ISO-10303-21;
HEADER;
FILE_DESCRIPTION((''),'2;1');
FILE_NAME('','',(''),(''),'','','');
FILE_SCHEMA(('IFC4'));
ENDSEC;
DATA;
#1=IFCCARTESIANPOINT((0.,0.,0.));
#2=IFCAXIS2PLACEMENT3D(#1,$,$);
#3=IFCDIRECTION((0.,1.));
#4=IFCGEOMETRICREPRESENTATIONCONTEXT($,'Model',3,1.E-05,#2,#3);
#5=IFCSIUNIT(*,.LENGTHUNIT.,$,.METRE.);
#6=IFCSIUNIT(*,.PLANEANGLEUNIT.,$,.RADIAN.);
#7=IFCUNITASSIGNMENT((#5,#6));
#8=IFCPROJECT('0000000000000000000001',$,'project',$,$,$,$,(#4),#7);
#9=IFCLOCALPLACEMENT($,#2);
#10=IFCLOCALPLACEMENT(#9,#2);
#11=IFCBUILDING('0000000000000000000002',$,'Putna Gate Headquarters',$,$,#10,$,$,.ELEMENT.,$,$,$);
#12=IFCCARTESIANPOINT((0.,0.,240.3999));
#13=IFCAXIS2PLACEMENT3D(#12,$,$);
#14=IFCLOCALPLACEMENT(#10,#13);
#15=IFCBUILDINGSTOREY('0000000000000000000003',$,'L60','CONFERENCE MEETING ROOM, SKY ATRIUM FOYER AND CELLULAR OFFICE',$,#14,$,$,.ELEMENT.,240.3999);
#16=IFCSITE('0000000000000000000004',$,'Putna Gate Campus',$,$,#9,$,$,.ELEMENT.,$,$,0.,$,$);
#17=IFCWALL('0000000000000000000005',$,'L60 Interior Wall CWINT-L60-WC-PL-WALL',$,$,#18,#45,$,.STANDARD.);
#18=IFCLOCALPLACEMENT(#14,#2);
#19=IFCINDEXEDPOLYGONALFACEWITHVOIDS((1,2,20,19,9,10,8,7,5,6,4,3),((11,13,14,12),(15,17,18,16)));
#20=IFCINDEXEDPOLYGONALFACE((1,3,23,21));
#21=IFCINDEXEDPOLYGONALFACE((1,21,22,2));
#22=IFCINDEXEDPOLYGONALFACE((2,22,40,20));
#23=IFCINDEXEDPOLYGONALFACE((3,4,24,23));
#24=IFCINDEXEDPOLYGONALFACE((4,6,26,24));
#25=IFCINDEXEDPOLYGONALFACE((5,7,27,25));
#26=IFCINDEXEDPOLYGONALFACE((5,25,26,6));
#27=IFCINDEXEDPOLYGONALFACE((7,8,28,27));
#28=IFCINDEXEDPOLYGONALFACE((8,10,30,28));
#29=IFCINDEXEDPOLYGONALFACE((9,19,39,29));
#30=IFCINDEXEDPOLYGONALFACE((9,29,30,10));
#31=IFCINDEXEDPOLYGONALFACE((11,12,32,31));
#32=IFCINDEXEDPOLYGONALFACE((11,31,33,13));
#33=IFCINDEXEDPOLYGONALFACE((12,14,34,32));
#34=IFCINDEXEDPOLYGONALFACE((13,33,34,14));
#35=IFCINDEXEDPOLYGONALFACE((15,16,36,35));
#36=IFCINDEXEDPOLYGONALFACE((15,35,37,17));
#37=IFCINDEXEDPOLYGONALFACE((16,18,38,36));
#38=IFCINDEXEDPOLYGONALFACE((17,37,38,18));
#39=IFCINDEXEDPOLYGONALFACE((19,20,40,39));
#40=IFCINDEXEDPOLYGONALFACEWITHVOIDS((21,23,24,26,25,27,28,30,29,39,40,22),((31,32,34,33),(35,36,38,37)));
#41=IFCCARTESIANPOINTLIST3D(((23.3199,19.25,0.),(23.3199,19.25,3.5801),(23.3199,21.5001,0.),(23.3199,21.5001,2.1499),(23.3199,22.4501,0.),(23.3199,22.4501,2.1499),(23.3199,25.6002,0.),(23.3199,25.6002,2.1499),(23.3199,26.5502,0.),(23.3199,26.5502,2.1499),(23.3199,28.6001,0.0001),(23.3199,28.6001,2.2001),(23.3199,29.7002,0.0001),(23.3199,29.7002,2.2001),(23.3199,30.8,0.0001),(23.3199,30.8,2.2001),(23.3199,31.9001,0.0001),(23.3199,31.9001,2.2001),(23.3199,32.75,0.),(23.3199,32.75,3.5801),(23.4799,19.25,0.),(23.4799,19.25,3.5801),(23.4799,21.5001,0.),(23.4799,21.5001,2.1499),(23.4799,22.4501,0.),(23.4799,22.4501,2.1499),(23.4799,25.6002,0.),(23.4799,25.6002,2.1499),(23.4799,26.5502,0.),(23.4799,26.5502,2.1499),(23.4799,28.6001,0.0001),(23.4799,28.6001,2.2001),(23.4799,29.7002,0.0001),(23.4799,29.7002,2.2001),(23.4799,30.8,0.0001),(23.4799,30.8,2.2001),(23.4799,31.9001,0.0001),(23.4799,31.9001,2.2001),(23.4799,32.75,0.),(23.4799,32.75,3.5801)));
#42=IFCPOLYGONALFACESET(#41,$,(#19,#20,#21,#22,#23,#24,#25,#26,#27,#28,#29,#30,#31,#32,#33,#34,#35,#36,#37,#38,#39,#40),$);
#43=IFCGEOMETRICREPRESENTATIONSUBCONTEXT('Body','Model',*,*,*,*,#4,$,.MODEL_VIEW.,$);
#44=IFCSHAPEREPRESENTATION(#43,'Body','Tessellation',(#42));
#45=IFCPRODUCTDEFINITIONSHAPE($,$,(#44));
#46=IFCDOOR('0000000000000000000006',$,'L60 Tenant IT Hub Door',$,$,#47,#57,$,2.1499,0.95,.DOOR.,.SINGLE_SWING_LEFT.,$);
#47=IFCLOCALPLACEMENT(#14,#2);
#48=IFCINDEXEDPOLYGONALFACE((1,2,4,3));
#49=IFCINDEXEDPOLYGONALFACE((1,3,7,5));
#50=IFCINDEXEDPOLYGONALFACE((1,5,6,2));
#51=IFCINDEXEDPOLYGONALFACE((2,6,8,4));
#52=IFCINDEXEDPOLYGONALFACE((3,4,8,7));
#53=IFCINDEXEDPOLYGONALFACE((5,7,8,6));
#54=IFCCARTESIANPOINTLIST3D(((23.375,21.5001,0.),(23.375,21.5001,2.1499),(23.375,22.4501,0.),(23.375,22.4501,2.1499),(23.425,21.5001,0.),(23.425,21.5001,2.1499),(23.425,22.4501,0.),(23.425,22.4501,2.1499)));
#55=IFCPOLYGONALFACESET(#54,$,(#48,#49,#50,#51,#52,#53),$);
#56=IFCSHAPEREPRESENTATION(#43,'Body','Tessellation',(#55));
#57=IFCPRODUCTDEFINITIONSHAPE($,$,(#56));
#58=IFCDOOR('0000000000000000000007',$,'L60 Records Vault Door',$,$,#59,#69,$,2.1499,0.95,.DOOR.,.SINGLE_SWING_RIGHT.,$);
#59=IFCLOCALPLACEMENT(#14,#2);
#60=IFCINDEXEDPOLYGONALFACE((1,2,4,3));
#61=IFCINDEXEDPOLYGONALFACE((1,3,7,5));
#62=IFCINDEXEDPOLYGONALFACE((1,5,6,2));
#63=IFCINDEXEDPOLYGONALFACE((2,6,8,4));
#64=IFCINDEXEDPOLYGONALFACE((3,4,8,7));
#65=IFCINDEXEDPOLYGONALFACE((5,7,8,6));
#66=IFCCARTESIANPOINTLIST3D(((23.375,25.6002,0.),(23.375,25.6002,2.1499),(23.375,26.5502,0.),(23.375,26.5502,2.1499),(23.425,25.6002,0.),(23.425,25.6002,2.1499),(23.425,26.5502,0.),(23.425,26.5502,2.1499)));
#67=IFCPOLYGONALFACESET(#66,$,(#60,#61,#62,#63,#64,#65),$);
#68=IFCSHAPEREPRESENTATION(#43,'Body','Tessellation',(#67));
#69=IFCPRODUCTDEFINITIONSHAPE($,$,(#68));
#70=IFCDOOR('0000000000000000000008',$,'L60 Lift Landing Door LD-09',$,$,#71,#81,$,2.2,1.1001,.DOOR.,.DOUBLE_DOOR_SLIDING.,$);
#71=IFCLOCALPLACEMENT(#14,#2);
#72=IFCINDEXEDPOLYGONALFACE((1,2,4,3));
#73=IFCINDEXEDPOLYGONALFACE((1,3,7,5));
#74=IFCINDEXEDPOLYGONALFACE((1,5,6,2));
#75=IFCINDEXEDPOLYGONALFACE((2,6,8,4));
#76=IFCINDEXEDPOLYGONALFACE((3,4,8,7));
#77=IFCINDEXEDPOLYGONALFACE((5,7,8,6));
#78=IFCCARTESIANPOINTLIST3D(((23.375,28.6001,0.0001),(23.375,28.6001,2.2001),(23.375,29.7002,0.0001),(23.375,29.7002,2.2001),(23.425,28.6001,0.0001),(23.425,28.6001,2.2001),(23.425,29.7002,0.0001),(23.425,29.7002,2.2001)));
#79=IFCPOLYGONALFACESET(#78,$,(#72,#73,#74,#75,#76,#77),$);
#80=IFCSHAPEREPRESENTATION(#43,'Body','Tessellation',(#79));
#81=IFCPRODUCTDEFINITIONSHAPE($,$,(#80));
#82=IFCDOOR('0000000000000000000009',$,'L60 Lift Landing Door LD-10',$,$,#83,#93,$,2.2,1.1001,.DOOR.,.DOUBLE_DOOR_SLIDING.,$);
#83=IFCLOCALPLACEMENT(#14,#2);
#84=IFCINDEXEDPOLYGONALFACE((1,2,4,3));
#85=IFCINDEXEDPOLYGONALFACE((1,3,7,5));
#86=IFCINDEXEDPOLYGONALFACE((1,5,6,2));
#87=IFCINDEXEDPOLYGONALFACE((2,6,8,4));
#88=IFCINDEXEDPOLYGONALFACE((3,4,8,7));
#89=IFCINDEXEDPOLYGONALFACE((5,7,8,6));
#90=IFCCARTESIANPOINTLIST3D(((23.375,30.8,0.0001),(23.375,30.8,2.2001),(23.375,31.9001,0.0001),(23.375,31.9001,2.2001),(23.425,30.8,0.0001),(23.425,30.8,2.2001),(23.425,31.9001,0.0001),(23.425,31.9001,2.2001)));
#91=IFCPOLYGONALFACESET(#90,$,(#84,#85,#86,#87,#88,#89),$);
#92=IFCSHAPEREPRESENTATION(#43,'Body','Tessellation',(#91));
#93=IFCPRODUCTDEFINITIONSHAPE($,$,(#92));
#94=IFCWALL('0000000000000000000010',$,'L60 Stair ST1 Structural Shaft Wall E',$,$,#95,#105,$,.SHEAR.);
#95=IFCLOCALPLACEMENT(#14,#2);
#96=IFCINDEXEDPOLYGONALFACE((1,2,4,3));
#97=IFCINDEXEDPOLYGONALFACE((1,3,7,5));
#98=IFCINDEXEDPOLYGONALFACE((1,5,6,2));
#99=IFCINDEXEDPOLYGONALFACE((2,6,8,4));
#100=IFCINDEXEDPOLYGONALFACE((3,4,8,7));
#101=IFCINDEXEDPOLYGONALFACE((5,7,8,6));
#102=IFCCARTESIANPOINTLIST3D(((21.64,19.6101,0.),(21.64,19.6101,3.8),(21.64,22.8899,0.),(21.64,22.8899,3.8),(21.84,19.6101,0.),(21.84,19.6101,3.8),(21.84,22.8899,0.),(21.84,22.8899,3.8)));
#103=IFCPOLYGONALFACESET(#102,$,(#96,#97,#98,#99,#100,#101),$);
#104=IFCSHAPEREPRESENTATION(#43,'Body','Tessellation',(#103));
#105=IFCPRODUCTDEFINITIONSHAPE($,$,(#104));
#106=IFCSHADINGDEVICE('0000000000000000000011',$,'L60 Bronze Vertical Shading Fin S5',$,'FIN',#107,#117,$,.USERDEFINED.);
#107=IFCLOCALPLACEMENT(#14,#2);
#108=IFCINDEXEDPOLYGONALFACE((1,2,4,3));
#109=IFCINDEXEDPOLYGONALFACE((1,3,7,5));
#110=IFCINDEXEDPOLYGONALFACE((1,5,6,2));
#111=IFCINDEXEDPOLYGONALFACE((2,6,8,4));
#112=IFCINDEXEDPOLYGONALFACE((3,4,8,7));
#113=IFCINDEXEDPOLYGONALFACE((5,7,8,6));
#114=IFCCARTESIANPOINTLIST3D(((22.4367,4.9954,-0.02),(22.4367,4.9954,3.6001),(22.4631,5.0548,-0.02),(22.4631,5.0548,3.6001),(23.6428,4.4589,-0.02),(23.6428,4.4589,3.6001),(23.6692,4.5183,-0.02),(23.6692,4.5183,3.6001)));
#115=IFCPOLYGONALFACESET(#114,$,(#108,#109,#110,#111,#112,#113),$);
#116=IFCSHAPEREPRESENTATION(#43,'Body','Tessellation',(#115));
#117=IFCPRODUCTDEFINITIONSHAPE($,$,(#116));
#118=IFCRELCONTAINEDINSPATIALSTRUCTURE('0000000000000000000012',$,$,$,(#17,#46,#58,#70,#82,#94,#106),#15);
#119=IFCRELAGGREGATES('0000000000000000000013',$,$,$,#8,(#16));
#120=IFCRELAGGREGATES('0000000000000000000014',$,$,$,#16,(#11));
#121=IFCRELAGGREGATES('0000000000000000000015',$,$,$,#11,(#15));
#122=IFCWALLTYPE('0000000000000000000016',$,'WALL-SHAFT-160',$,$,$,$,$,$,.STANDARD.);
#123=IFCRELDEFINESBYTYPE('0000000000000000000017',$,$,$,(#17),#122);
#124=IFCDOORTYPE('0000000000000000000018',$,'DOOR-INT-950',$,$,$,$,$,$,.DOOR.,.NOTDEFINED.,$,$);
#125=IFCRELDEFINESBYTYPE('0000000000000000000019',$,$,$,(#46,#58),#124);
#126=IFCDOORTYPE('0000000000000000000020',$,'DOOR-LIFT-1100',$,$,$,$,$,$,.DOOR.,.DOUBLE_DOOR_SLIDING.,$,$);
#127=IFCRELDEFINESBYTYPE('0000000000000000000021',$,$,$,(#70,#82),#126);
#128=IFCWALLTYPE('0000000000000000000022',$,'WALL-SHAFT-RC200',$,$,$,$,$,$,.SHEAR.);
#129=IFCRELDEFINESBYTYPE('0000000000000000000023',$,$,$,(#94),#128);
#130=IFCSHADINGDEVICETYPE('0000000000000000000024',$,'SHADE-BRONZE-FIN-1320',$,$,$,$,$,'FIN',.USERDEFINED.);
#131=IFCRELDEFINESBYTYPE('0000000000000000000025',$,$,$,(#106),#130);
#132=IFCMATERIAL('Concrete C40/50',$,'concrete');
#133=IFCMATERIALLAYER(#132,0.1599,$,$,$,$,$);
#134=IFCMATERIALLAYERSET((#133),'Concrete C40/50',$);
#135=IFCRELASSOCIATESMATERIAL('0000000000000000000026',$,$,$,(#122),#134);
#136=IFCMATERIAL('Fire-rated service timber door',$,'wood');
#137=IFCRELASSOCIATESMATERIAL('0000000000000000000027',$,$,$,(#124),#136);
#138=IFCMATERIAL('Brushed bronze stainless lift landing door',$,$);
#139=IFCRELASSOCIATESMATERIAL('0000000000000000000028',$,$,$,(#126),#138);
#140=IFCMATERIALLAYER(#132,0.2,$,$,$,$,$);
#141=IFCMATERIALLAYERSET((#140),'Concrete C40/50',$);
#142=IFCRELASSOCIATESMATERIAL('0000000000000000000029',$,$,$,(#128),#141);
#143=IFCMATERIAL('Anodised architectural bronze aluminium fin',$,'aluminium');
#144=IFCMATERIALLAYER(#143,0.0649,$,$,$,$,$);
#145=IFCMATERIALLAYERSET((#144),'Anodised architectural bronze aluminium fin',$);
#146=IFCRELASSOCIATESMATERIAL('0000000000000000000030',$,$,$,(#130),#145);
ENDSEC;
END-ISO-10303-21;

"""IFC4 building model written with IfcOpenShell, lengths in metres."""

from ifc_helpers import new_model, si_unit, direction, frame, frame_2d, origin, origin_2d, place, context, subcontext, project, spatial, rectangle, extrude, material, layer, layer_set, type_object, element, fill, save


model = new_model("IFC4")

# Units and contexts
model_context = context("Model", 3, precision=1e-05, world=origin(), true_north=direction((0.0, 1.0)))
body_context = subcontext(model_context, "Body", "Model", "MODEL_VIEW")
ifc_project = project(units=[si_unit("LENGTHUNIT", "METRE"), si_unit("PLANEANGLEUNIT", "RADIAN")], contexts=[model_context])

# Site, building, storey
site_placement = place(None, origin())
site = spatial("IfcSite", under=ifc_project, at=site_placement, Name="Putna Gate Campus", CompositionType="ELEMENT", RefElevation=0.0)
building_placement = place(site_placement, origin())
building = spatial("IfcBuilding", under=site, at=building_placement, Name="Putna Gate Headquarters", CompositionType="ELEMENT")
storey_placement = place(building_placement, frame((0.0, 0.0, 240.3999)))
storey = spatial("IfcBuildingStorey", under=building, at=storey_placement, Name="L60", Description="CONFERENCE MEETING ROOM, SKY ATRIUM FOYER AND CELLULAR OFFICE", CompositionType="ELEMENT", Elevation=240.3999)

# Wall, openings, doors
ifc_material_1 = material(Name="Concrete C40/50", Category="concrete")
ifc_layer_1 = layer(ifc_material_1, 0.1599)
ifc_layer_set_1 = layer_set([ifc_layer_1], Name="Concrete C40/50")
wall_type_1 = type_object("IfcWallType", Name="WALL-SHAFT-160", PredefinedType="STANDARD", material=ifc_layer_set_1)
wall_1_placement = place(storey_placement, frame((23.3999, 19.25, 0.0), z_axis=(0.0, 0.0, 1.0), x_axis=(0.0, 1.0, 0.0)))
wall_1 = element("IfcWall", 1, at=wall_1_placement, inside=storey, type_object=wall_type_1, Name="L60 Interior Wall CWINT-L60-WC-PL-WALL", PredefinedType="STANDARD", context=body_context, shape_type="SweptSolid", body=[
    extrude(rectangle(XDim=13.5, YDim=0.1599, at=frame_2d((6.75, 0.0))), origin(), (0.0, 0.0, 1.0), 3.5801),
])
opening_1_placement = place(wall_1_placement, frame((2.25, 0.0, 0.0)))
opening_1 = element("IfcOpeningElement", 2, at=opening_1_placement, cuts=wall_1, PredefinedType="OPENING", context=body_context, shape_type="SweptSolid", body=[
    extrude(rectangle(XDim=0.95, YDim=2.1499, at=frame_2d((0.4751, 1.075))), frame((0.0, 0.0898, 0.0), z_axis=(0.0, -1.0, 0.0), x_axis=(1.0, 0.0, 0.0)), (0.0, 0.0, 1.0), 0.1799),
])
opening_2_placement = place(wall_1_placement, frame((6.3501, 0.0, 0.0)))
opening_2 = element("IfcOpeningElement", 3, at=opening_2_placement, cuts=wall_1, PredefinedType="OPENING", context=body_context, shape_type="SweptSolid", body=[
    extrude(rectangle(XDim=0.95, YDim=2.1499, at=frame_2d((0.4751, 1.075))), frame((0.0, 0.0898, 0.0), z_axis=(0.0, -1.0, 0.0), x_axis=(1.0, 0.0, 0.0)), (0.0, 0.0, 1.0), 0.1799),
])
opening_3_placement = place(wall_1_placement, frame((9.3501, 0.0, 0.0)))
opening_3 = element("IfcOpeningElement", 4, at=opening_3_placement, cuts=wall_1, PredefinedType="OPENING", context=body_context, shape_type="SweptSolid", body=[
    extrude(rectangle(XDim=1.1001, YDim=2.2, at=frame_2d((0.55, 1.1001))), frame((0.0, 0.0898, 0.0), z_axis=(0.0, -1.0, 0.0), x_axis=(1.0, 0.0, 0.0)), (0.0, 0.0, 1.0), 0.1799),
])
opening_4_placement = place(wall_1_placement, frame((11.55, 0.0, 0.0)))
opening_4 = element("IfcOpeningElement", 5, at=opening_4_placement, cuts=wall_1, PredefinedType="OPENING", context=body_context, shape_type="SweptSolid", body=[
    extrude(rectangle(XDim=1.1001, YDim=2.2, at=frame_2d((0.55, 1.1001))), frame((0.0, 0.0898, 0.0), z_axis=(0.0, -1.0, 0.0), x_axis=(1.0, 0.0, 0.0)), (0.0, 0.0, 1.0), 0.1799),
])
ifc_material_2 = material(Name="Fire-rated service timber door", Category="wood")
door_type_1 = type_object("IfcDoorType", Name="DOOR-INT-950", OperationType="NOTDEFINED", PredefinedType="DOOR", material=ifc_material_2)
door_1_placement = place(opening_1_placement, origin())
door_1 = element("IfcDoor", 6, at=door_1_placement, inside=storey, type_object=door_type_1, Name="L60 Tenant IT Hub Door", OperationType="SINGLE_SWING_LEFT", OverallHeight=2.1499, OverallWidth=0.95, PredefinedType="DOOR", context=body_context, shape_type="SweptSolid", body=[
    extrude(rectangle(XDim=0.95, YDim=2.1499, at=frame_2d((0.4751, 1.075))), frame((0.0, 0.0249, 0.0), z_axis=(0.0, -1.0, 0.0), x_axis=(1.0, 0.0, 0.0)), (0.0, 0.0, 1.0), 0.05),
])
fill(opening_1, door_1)
door_2_placement = place(opening_2_placement, origin())
door_2 = element("IfcDoor", 7, at=door_2_placement, inside=storey, type_object=door_type_1, Name="L60 Records Vault Door", OperationType="SINGLE_SWING_RIGHT", OverallHeight=2.1499, OverallWidth=0.95, PredefinedType="DOOR", context=body_context, shape_type="SweptSolid", body=[
    extrude(rectangle(XDim=0.95, YDim=2.1499, at=frame_2d((0.4751, 1.075))), frame((0.0, 0.0249, 0.0), z_axis=(0.0, -1.0, 0.0), x_axis=(1.0, 0.0, 0.0)), (0.0, 0.0, 1.0), 0.05),
])
fill(opening_2, door_2)
ifc_material_3 = material(Name="Brushed bronze stainless lift landing door")
door_type_2 = type_object("IfcDoorType", Name="DOOR-LIFT-1100", OperationType="DOUBLE_DOOR_SLIDING", PredefinedType="DOOR", material=ifc_material_3)
door_3_placement = place(opening_3_placement, origin())
door_3 = element("IfcDoor", 8, at=door_3_placement, inside=storey, type_object=door_type_2, Name="L60 Lift Landing Door LD-09", OperationType="DOUBLE_DOOR_SLIDING", OverallHeight=2.2, OverallWidth=1.1001, PredefinedType="DOOR", context=body_context, shape_type="SweptSolid", body=[
    extrude(rectangle(XDim=1.1001, YDim=2.2, at=frame_2d((0.55, 1.1001))), frame((0.0, 0.0249, 0.0), z_axis=(0.0, -1.0, 0.0), x_axis=(1.0, 0.0, 0.0)), (0.0, 0.0, 1.0), 0.05),
])
fill(opening_3, door_3)
door_4_placement = place(opening_4_placement, origin())
door_4 = element("IfcDoor", 9, at=door_4_placement, inside=storey, type_object=door_type_2, Name="L60 Lift Landing Door LD-10", OperationType="DOUBLE_DOOR_SLIDING", OverallHeight=2.2, OverallWidth=1.1001, PredefinedType="DOOR", context=body_context, shape_type="SweptSolid", body=[
    extrude(rectangle(XDim=1.1001, YDim=2.2, at=frame_2d((0.55, 1.1001))), frame((0.0, 0.0249, 0.0), z_axis=(0.0, -1.0, 0.0), x_axis=(1.0, 0.0, 0.0)), (0.0, 0.0, 1.0), 0.05),
])
fill(opening_4, door_4)

# Wall
ifc_layer_2 = layer(ifc_material_1, 0.2)
ifc_layer_set_2 = layer_set([ifc_layer_2], Name="Concrete C40/50")
wall_type_2 = type_object("IfcWallType", Name="WALL-SHAFT-RC200", PredefinedType="SHEAR", material=ifc_layer_set_2)
wall_2_placement = place(storey_placement, frame((21.74, 19.6101, 0.0), z_axis=(0.0, 0.0, 1.0), x_axis=(0.0, 1.0, 0.0)))
element("IfcWall", 10, at=wall_2_placement, inside=storey, type_object=wall_type_2, Name="L60 Stair ST1 Structural Shaft Wall E", PredefinedType="SHEAR", context=body_context, shape_type="SweptSolid", body=[
    extrude(rectangle(XDim=3.2798, YDim=0.2, at=frame_2d((1.6399, 0.0))), origin(), (0.0, 0.0, 1.0), 3.8),
])

# Shading device
ifc_material_4 = material(Name="Anodised architectural bronze aluminium fin", Category="aluminium")
ifc_layer_3 = layer(ifc_material_4, 0.0649)
ifc_layer_set_3 = layer_set([ifc_layer_3], Name="Anodised architectural bronze aluminium fin")
shading_device_type = type_object("IfcShadingDeviceType", Name="SHADE-BRONZE-FIN-1320", ElementType="FIN", PredefinedType="USERDEFINED", material=ifc_layer_set_3)
shading_device_placement = place(storey_placement, frame((23.053, 4.7568, -0.02), z_axis=(0.0, 0.0, 1.0), x_axis=(0.913687, -0.406418, 0.0)))
element("IfcShadingDevice", 11, at=shading_device_placement, inside=storey, type_object=shading_device_type, Name="L60 Bronze Vertical Shading Fin S5", ObjectType="FIN", PredefinedType="USERDEFINED", context=body_context, shape_type="SweptSolid", body=[
    extrude(rectangle(XDim=1.3201, YDim=0.0649, at=origin_2d()), origin(), (0.0, 0.0, 1.0), 3.6201),
])

save(model, "model.ifc")
